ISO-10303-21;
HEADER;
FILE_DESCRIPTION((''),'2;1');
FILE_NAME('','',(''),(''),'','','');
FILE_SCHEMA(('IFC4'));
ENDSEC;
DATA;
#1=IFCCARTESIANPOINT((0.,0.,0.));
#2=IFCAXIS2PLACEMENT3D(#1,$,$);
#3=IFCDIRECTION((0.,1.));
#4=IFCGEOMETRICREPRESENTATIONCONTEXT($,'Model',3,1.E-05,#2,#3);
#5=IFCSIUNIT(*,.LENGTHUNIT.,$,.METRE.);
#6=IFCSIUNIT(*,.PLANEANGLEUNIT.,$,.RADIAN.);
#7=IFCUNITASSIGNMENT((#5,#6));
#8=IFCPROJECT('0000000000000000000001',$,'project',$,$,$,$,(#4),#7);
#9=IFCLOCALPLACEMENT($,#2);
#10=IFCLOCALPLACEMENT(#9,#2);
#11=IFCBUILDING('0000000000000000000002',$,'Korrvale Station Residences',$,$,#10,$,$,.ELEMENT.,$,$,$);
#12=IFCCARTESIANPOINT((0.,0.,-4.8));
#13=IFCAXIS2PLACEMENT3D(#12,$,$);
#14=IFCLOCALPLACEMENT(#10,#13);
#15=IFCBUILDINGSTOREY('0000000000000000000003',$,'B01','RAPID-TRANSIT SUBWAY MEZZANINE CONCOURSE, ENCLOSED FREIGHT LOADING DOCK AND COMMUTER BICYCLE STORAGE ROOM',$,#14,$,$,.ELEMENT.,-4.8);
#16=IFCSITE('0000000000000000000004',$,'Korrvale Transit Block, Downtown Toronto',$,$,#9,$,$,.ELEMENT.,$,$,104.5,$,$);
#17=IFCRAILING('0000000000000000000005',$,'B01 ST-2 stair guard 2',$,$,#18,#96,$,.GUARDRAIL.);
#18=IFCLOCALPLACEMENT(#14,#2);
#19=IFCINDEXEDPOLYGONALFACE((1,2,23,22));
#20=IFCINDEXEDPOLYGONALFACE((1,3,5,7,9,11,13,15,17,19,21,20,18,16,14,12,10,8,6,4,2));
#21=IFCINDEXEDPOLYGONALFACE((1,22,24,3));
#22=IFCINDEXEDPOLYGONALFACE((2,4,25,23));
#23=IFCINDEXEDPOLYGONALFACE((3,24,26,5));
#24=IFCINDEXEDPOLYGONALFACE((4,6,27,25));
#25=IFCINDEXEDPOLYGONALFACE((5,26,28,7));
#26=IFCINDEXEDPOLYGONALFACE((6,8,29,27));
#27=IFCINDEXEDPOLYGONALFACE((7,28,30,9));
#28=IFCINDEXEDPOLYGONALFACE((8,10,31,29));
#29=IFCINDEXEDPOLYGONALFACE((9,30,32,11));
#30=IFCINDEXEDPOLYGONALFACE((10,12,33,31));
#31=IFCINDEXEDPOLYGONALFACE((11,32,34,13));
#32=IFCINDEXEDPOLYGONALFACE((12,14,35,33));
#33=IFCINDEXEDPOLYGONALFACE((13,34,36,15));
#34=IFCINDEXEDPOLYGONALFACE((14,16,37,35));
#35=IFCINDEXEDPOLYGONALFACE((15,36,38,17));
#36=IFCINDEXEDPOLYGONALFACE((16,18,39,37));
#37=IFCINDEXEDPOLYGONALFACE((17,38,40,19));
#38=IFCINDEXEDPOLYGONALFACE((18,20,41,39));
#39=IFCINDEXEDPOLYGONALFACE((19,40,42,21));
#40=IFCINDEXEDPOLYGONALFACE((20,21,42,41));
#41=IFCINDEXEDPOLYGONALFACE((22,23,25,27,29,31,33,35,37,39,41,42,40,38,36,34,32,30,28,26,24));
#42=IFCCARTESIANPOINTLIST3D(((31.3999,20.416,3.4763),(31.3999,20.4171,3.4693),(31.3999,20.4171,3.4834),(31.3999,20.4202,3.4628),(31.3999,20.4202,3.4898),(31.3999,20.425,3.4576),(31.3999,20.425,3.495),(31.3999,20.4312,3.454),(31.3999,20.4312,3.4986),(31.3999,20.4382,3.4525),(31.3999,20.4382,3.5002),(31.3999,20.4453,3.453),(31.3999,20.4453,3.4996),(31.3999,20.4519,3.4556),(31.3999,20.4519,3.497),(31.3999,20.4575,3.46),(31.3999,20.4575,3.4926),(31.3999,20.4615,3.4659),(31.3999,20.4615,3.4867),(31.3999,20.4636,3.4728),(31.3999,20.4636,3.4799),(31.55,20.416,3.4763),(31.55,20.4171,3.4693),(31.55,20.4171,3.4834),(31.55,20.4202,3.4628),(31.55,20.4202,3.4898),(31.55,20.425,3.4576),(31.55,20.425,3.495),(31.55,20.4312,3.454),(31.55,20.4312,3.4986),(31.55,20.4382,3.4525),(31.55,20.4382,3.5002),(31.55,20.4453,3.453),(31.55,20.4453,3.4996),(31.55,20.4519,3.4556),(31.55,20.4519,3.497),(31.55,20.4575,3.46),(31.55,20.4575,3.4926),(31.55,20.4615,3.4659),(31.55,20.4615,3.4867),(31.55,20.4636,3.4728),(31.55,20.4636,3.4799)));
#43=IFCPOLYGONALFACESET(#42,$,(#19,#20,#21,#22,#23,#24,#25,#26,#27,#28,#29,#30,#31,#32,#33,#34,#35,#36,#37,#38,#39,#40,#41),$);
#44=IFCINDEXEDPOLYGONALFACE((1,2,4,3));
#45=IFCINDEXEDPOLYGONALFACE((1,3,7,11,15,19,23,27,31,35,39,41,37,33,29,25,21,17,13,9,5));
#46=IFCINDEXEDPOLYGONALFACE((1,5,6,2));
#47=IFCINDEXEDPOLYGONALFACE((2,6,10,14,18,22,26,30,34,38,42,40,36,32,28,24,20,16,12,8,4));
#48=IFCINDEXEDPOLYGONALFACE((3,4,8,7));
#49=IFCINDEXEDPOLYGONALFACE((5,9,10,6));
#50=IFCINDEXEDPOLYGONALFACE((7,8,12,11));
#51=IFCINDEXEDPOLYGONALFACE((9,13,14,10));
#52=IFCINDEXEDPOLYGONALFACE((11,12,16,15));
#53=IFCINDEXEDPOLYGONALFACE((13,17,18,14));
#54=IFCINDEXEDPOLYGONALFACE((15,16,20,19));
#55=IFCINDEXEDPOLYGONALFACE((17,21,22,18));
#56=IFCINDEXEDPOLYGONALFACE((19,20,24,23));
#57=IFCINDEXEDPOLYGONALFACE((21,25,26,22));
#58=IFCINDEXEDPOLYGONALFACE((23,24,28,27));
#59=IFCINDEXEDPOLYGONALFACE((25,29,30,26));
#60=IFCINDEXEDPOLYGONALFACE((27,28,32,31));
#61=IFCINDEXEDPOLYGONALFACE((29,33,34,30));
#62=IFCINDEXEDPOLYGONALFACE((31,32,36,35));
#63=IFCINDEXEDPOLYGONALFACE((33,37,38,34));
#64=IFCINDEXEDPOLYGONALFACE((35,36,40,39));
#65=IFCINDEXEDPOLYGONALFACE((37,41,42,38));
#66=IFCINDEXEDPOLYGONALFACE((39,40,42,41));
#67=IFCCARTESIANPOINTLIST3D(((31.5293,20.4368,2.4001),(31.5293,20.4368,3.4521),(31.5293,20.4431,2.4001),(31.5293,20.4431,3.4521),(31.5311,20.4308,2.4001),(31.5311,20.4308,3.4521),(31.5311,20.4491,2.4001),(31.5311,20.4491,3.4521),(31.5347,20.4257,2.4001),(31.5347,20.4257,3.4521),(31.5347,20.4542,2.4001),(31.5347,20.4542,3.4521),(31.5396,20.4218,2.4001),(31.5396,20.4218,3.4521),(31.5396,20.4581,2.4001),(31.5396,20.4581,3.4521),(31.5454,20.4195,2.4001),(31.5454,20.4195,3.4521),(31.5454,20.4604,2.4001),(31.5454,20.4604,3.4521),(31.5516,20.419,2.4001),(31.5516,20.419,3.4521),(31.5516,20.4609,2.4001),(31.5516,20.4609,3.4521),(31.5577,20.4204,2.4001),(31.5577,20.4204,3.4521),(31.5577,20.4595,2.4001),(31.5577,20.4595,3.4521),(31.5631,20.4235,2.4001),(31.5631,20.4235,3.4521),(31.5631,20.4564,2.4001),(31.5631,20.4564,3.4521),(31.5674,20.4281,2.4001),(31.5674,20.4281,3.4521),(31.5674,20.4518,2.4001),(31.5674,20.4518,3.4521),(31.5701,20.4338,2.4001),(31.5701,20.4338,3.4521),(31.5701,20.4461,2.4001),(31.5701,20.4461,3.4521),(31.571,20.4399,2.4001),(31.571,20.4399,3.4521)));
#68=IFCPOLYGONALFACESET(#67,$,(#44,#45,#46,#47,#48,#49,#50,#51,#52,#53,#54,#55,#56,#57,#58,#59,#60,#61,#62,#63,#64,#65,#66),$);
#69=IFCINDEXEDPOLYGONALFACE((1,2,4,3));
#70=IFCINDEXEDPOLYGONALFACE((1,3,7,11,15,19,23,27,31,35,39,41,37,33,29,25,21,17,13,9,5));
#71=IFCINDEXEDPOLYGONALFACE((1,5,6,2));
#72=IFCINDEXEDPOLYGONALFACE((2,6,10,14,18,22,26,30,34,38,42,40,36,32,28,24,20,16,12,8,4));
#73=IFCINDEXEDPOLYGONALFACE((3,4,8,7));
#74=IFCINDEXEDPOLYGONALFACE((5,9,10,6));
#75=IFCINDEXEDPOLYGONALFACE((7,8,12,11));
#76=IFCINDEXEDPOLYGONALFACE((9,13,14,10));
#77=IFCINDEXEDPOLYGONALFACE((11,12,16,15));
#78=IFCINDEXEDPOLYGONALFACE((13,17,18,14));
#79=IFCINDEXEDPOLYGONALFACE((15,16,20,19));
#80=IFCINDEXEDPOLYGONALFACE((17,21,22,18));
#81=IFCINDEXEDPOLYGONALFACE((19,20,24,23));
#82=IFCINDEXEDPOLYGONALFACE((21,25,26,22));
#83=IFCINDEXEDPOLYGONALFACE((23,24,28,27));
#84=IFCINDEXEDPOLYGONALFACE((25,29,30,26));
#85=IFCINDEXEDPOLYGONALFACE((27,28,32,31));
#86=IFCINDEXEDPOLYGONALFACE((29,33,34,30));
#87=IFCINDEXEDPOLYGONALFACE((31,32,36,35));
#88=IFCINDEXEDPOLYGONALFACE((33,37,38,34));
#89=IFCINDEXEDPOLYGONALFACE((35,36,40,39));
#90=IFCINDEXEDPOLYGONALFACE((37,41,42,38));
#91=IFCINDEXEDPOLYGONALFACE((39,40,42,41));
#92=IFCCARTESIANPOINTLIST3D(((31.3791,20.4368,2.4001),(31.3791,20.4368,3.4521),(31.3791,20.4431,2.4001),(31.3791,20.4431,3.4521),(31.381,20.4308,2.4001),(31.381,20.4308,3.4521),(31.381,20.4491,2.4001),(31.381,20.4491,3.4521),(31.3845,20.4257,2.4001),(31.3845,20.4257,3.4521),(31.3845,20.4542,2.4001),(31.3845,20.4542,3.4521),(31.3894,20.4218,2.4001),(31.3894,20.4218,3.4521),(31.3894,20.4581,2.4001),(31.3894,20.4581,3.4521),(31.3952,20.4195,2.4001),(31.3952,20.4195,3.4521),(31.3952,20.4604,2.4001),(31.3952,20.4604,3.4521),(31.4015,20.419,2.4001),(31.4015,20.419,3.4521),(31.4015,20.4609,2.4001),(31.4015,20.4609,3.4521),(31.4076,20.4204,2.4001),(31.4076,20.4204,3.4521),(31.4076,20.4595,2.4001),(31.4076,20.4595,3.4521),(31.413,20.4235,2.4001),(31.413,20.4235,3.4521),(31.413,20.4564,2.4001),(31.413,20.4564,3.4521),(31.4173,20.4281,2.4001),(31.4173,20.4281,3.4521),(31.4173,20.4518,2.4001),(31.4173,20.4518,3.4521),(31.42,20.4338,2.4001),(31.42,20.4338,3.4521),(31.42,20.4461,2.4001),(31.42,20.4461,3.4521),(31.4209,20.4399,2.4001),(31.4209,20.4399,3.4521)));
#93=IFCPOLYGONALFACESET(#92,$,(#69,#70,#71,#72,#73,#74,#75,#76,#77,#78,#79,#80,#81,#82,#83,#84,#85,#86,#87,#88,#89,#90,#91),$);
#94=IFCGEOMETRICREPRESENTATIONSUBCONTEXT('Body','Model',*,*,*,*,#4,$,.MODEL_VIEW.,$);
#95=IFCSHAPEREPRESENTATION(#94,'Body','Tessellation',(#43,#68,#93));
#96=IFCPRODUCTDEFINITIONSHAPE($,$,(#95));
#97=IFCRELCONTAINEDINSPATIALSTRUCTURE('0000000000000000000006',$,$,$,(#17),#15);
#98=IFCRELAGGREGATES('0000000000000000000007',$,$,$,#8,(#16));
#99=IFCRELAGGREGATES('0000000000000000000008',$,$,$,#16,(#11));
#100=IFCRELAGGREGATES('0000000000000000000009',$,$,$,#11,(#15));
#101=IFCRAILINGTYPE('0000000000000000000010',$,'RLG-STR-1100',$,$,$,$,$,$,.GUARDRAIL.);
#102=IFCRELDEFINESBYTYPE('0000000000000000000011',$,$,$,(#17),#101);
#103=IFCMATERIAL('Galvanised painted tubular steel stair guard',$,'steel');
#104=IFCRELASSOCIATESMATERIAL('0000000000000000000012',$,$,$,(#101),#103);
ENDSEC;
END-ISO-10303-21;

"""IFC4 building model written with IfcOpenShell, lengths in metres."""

from ifc_helpers import new_model, si_unit, direction, frame, origin, origin_2d, place, context, subcontext, project, spatial, circle, extrude, material, type_object, element, save


model = new_model("IFC4")

# Units and contexts
model_context = context("Model", 3, precision=1e-05, world=origin(), true_north=direction((0.0, 1.0)))
body_context = subcontext(model_context, "Body", "Model", "MODEL_VIEW")
ifc_project = project(units=[si_unit("LENGTHUNIT", "METRE"), si_unit("PLANEANGLEUNIT", "RADIAN")], contexts=[model_context])

# Site, building, storey
site_placement = place(None, origin())
site = spatial("IfcSite", under=ifc_project, at=site_placement, Name="Korrvale Transit Block, Downtown Toronto", CompositionType="ELEMENT", RefElevation=104.5)
building_placement = place(site_placement, origin())
building = spatial("IfcBuilding", under=site, at=building_placement, Name="Korrvale Station Residences", CompositionType="ELEMENT")
storey_placement = place(building_placement, frame((0.0, 0.0, -4.8)))
storey = spatial("IfcBuildingStorey", under=building, at=storey_placement, Name="B01", Description="RAPID-TRANSIT SUBWAY MEZZANINE CONCOURSE, ENCLOSED FREIGHT LOADING DOCK AND COMMUTER BICYCLE STORAGE ROOM", CompositionType="ELEMENT", Elevation=-4.8)

# Railing
ifc_material_1 = material(Name="Galvanised painted tubular steel stair guard", Category="steel")
railing_type_1 = type_object("IfcRailingType", Name="RLG-STR-1100", PredefinedType="GUARDRAIL", material=ifc_material_1)
railing_1_placement = place(storey_placement, frame((31.55, 20.4399, 2.4001)))
element("IfcRailing", 1, at=railing_1_placement, inside=storey, type_object=railing_type_1, Name="B01 ST-2 stair guard 2", PredefinedType="GUARDRAIL", context=body_context, shape_type="SweptSolid", body=[
    extrude(circle(Radius=0.0239, at=origin_2d()), frame((0.0, 0.0, 1.0762), z_axis=(-1.0, 0.0, 0.0), x_axis=(0.0, -1.0, 0.0)), (0.0, 0.0, 1.0), 0.1501),
    extrude(circle(Radius=0.021, at=origin_2d()), origin(), (0.0, 0.0, 1.0), 1.052),
    extrude(circle(Radius=0.021, at=origin_2d()), frame((-0.1501, 0.0, 0.0)), (0.0, 0.0, 1.0), 1.052),
])

save(model, "model.ifc")
